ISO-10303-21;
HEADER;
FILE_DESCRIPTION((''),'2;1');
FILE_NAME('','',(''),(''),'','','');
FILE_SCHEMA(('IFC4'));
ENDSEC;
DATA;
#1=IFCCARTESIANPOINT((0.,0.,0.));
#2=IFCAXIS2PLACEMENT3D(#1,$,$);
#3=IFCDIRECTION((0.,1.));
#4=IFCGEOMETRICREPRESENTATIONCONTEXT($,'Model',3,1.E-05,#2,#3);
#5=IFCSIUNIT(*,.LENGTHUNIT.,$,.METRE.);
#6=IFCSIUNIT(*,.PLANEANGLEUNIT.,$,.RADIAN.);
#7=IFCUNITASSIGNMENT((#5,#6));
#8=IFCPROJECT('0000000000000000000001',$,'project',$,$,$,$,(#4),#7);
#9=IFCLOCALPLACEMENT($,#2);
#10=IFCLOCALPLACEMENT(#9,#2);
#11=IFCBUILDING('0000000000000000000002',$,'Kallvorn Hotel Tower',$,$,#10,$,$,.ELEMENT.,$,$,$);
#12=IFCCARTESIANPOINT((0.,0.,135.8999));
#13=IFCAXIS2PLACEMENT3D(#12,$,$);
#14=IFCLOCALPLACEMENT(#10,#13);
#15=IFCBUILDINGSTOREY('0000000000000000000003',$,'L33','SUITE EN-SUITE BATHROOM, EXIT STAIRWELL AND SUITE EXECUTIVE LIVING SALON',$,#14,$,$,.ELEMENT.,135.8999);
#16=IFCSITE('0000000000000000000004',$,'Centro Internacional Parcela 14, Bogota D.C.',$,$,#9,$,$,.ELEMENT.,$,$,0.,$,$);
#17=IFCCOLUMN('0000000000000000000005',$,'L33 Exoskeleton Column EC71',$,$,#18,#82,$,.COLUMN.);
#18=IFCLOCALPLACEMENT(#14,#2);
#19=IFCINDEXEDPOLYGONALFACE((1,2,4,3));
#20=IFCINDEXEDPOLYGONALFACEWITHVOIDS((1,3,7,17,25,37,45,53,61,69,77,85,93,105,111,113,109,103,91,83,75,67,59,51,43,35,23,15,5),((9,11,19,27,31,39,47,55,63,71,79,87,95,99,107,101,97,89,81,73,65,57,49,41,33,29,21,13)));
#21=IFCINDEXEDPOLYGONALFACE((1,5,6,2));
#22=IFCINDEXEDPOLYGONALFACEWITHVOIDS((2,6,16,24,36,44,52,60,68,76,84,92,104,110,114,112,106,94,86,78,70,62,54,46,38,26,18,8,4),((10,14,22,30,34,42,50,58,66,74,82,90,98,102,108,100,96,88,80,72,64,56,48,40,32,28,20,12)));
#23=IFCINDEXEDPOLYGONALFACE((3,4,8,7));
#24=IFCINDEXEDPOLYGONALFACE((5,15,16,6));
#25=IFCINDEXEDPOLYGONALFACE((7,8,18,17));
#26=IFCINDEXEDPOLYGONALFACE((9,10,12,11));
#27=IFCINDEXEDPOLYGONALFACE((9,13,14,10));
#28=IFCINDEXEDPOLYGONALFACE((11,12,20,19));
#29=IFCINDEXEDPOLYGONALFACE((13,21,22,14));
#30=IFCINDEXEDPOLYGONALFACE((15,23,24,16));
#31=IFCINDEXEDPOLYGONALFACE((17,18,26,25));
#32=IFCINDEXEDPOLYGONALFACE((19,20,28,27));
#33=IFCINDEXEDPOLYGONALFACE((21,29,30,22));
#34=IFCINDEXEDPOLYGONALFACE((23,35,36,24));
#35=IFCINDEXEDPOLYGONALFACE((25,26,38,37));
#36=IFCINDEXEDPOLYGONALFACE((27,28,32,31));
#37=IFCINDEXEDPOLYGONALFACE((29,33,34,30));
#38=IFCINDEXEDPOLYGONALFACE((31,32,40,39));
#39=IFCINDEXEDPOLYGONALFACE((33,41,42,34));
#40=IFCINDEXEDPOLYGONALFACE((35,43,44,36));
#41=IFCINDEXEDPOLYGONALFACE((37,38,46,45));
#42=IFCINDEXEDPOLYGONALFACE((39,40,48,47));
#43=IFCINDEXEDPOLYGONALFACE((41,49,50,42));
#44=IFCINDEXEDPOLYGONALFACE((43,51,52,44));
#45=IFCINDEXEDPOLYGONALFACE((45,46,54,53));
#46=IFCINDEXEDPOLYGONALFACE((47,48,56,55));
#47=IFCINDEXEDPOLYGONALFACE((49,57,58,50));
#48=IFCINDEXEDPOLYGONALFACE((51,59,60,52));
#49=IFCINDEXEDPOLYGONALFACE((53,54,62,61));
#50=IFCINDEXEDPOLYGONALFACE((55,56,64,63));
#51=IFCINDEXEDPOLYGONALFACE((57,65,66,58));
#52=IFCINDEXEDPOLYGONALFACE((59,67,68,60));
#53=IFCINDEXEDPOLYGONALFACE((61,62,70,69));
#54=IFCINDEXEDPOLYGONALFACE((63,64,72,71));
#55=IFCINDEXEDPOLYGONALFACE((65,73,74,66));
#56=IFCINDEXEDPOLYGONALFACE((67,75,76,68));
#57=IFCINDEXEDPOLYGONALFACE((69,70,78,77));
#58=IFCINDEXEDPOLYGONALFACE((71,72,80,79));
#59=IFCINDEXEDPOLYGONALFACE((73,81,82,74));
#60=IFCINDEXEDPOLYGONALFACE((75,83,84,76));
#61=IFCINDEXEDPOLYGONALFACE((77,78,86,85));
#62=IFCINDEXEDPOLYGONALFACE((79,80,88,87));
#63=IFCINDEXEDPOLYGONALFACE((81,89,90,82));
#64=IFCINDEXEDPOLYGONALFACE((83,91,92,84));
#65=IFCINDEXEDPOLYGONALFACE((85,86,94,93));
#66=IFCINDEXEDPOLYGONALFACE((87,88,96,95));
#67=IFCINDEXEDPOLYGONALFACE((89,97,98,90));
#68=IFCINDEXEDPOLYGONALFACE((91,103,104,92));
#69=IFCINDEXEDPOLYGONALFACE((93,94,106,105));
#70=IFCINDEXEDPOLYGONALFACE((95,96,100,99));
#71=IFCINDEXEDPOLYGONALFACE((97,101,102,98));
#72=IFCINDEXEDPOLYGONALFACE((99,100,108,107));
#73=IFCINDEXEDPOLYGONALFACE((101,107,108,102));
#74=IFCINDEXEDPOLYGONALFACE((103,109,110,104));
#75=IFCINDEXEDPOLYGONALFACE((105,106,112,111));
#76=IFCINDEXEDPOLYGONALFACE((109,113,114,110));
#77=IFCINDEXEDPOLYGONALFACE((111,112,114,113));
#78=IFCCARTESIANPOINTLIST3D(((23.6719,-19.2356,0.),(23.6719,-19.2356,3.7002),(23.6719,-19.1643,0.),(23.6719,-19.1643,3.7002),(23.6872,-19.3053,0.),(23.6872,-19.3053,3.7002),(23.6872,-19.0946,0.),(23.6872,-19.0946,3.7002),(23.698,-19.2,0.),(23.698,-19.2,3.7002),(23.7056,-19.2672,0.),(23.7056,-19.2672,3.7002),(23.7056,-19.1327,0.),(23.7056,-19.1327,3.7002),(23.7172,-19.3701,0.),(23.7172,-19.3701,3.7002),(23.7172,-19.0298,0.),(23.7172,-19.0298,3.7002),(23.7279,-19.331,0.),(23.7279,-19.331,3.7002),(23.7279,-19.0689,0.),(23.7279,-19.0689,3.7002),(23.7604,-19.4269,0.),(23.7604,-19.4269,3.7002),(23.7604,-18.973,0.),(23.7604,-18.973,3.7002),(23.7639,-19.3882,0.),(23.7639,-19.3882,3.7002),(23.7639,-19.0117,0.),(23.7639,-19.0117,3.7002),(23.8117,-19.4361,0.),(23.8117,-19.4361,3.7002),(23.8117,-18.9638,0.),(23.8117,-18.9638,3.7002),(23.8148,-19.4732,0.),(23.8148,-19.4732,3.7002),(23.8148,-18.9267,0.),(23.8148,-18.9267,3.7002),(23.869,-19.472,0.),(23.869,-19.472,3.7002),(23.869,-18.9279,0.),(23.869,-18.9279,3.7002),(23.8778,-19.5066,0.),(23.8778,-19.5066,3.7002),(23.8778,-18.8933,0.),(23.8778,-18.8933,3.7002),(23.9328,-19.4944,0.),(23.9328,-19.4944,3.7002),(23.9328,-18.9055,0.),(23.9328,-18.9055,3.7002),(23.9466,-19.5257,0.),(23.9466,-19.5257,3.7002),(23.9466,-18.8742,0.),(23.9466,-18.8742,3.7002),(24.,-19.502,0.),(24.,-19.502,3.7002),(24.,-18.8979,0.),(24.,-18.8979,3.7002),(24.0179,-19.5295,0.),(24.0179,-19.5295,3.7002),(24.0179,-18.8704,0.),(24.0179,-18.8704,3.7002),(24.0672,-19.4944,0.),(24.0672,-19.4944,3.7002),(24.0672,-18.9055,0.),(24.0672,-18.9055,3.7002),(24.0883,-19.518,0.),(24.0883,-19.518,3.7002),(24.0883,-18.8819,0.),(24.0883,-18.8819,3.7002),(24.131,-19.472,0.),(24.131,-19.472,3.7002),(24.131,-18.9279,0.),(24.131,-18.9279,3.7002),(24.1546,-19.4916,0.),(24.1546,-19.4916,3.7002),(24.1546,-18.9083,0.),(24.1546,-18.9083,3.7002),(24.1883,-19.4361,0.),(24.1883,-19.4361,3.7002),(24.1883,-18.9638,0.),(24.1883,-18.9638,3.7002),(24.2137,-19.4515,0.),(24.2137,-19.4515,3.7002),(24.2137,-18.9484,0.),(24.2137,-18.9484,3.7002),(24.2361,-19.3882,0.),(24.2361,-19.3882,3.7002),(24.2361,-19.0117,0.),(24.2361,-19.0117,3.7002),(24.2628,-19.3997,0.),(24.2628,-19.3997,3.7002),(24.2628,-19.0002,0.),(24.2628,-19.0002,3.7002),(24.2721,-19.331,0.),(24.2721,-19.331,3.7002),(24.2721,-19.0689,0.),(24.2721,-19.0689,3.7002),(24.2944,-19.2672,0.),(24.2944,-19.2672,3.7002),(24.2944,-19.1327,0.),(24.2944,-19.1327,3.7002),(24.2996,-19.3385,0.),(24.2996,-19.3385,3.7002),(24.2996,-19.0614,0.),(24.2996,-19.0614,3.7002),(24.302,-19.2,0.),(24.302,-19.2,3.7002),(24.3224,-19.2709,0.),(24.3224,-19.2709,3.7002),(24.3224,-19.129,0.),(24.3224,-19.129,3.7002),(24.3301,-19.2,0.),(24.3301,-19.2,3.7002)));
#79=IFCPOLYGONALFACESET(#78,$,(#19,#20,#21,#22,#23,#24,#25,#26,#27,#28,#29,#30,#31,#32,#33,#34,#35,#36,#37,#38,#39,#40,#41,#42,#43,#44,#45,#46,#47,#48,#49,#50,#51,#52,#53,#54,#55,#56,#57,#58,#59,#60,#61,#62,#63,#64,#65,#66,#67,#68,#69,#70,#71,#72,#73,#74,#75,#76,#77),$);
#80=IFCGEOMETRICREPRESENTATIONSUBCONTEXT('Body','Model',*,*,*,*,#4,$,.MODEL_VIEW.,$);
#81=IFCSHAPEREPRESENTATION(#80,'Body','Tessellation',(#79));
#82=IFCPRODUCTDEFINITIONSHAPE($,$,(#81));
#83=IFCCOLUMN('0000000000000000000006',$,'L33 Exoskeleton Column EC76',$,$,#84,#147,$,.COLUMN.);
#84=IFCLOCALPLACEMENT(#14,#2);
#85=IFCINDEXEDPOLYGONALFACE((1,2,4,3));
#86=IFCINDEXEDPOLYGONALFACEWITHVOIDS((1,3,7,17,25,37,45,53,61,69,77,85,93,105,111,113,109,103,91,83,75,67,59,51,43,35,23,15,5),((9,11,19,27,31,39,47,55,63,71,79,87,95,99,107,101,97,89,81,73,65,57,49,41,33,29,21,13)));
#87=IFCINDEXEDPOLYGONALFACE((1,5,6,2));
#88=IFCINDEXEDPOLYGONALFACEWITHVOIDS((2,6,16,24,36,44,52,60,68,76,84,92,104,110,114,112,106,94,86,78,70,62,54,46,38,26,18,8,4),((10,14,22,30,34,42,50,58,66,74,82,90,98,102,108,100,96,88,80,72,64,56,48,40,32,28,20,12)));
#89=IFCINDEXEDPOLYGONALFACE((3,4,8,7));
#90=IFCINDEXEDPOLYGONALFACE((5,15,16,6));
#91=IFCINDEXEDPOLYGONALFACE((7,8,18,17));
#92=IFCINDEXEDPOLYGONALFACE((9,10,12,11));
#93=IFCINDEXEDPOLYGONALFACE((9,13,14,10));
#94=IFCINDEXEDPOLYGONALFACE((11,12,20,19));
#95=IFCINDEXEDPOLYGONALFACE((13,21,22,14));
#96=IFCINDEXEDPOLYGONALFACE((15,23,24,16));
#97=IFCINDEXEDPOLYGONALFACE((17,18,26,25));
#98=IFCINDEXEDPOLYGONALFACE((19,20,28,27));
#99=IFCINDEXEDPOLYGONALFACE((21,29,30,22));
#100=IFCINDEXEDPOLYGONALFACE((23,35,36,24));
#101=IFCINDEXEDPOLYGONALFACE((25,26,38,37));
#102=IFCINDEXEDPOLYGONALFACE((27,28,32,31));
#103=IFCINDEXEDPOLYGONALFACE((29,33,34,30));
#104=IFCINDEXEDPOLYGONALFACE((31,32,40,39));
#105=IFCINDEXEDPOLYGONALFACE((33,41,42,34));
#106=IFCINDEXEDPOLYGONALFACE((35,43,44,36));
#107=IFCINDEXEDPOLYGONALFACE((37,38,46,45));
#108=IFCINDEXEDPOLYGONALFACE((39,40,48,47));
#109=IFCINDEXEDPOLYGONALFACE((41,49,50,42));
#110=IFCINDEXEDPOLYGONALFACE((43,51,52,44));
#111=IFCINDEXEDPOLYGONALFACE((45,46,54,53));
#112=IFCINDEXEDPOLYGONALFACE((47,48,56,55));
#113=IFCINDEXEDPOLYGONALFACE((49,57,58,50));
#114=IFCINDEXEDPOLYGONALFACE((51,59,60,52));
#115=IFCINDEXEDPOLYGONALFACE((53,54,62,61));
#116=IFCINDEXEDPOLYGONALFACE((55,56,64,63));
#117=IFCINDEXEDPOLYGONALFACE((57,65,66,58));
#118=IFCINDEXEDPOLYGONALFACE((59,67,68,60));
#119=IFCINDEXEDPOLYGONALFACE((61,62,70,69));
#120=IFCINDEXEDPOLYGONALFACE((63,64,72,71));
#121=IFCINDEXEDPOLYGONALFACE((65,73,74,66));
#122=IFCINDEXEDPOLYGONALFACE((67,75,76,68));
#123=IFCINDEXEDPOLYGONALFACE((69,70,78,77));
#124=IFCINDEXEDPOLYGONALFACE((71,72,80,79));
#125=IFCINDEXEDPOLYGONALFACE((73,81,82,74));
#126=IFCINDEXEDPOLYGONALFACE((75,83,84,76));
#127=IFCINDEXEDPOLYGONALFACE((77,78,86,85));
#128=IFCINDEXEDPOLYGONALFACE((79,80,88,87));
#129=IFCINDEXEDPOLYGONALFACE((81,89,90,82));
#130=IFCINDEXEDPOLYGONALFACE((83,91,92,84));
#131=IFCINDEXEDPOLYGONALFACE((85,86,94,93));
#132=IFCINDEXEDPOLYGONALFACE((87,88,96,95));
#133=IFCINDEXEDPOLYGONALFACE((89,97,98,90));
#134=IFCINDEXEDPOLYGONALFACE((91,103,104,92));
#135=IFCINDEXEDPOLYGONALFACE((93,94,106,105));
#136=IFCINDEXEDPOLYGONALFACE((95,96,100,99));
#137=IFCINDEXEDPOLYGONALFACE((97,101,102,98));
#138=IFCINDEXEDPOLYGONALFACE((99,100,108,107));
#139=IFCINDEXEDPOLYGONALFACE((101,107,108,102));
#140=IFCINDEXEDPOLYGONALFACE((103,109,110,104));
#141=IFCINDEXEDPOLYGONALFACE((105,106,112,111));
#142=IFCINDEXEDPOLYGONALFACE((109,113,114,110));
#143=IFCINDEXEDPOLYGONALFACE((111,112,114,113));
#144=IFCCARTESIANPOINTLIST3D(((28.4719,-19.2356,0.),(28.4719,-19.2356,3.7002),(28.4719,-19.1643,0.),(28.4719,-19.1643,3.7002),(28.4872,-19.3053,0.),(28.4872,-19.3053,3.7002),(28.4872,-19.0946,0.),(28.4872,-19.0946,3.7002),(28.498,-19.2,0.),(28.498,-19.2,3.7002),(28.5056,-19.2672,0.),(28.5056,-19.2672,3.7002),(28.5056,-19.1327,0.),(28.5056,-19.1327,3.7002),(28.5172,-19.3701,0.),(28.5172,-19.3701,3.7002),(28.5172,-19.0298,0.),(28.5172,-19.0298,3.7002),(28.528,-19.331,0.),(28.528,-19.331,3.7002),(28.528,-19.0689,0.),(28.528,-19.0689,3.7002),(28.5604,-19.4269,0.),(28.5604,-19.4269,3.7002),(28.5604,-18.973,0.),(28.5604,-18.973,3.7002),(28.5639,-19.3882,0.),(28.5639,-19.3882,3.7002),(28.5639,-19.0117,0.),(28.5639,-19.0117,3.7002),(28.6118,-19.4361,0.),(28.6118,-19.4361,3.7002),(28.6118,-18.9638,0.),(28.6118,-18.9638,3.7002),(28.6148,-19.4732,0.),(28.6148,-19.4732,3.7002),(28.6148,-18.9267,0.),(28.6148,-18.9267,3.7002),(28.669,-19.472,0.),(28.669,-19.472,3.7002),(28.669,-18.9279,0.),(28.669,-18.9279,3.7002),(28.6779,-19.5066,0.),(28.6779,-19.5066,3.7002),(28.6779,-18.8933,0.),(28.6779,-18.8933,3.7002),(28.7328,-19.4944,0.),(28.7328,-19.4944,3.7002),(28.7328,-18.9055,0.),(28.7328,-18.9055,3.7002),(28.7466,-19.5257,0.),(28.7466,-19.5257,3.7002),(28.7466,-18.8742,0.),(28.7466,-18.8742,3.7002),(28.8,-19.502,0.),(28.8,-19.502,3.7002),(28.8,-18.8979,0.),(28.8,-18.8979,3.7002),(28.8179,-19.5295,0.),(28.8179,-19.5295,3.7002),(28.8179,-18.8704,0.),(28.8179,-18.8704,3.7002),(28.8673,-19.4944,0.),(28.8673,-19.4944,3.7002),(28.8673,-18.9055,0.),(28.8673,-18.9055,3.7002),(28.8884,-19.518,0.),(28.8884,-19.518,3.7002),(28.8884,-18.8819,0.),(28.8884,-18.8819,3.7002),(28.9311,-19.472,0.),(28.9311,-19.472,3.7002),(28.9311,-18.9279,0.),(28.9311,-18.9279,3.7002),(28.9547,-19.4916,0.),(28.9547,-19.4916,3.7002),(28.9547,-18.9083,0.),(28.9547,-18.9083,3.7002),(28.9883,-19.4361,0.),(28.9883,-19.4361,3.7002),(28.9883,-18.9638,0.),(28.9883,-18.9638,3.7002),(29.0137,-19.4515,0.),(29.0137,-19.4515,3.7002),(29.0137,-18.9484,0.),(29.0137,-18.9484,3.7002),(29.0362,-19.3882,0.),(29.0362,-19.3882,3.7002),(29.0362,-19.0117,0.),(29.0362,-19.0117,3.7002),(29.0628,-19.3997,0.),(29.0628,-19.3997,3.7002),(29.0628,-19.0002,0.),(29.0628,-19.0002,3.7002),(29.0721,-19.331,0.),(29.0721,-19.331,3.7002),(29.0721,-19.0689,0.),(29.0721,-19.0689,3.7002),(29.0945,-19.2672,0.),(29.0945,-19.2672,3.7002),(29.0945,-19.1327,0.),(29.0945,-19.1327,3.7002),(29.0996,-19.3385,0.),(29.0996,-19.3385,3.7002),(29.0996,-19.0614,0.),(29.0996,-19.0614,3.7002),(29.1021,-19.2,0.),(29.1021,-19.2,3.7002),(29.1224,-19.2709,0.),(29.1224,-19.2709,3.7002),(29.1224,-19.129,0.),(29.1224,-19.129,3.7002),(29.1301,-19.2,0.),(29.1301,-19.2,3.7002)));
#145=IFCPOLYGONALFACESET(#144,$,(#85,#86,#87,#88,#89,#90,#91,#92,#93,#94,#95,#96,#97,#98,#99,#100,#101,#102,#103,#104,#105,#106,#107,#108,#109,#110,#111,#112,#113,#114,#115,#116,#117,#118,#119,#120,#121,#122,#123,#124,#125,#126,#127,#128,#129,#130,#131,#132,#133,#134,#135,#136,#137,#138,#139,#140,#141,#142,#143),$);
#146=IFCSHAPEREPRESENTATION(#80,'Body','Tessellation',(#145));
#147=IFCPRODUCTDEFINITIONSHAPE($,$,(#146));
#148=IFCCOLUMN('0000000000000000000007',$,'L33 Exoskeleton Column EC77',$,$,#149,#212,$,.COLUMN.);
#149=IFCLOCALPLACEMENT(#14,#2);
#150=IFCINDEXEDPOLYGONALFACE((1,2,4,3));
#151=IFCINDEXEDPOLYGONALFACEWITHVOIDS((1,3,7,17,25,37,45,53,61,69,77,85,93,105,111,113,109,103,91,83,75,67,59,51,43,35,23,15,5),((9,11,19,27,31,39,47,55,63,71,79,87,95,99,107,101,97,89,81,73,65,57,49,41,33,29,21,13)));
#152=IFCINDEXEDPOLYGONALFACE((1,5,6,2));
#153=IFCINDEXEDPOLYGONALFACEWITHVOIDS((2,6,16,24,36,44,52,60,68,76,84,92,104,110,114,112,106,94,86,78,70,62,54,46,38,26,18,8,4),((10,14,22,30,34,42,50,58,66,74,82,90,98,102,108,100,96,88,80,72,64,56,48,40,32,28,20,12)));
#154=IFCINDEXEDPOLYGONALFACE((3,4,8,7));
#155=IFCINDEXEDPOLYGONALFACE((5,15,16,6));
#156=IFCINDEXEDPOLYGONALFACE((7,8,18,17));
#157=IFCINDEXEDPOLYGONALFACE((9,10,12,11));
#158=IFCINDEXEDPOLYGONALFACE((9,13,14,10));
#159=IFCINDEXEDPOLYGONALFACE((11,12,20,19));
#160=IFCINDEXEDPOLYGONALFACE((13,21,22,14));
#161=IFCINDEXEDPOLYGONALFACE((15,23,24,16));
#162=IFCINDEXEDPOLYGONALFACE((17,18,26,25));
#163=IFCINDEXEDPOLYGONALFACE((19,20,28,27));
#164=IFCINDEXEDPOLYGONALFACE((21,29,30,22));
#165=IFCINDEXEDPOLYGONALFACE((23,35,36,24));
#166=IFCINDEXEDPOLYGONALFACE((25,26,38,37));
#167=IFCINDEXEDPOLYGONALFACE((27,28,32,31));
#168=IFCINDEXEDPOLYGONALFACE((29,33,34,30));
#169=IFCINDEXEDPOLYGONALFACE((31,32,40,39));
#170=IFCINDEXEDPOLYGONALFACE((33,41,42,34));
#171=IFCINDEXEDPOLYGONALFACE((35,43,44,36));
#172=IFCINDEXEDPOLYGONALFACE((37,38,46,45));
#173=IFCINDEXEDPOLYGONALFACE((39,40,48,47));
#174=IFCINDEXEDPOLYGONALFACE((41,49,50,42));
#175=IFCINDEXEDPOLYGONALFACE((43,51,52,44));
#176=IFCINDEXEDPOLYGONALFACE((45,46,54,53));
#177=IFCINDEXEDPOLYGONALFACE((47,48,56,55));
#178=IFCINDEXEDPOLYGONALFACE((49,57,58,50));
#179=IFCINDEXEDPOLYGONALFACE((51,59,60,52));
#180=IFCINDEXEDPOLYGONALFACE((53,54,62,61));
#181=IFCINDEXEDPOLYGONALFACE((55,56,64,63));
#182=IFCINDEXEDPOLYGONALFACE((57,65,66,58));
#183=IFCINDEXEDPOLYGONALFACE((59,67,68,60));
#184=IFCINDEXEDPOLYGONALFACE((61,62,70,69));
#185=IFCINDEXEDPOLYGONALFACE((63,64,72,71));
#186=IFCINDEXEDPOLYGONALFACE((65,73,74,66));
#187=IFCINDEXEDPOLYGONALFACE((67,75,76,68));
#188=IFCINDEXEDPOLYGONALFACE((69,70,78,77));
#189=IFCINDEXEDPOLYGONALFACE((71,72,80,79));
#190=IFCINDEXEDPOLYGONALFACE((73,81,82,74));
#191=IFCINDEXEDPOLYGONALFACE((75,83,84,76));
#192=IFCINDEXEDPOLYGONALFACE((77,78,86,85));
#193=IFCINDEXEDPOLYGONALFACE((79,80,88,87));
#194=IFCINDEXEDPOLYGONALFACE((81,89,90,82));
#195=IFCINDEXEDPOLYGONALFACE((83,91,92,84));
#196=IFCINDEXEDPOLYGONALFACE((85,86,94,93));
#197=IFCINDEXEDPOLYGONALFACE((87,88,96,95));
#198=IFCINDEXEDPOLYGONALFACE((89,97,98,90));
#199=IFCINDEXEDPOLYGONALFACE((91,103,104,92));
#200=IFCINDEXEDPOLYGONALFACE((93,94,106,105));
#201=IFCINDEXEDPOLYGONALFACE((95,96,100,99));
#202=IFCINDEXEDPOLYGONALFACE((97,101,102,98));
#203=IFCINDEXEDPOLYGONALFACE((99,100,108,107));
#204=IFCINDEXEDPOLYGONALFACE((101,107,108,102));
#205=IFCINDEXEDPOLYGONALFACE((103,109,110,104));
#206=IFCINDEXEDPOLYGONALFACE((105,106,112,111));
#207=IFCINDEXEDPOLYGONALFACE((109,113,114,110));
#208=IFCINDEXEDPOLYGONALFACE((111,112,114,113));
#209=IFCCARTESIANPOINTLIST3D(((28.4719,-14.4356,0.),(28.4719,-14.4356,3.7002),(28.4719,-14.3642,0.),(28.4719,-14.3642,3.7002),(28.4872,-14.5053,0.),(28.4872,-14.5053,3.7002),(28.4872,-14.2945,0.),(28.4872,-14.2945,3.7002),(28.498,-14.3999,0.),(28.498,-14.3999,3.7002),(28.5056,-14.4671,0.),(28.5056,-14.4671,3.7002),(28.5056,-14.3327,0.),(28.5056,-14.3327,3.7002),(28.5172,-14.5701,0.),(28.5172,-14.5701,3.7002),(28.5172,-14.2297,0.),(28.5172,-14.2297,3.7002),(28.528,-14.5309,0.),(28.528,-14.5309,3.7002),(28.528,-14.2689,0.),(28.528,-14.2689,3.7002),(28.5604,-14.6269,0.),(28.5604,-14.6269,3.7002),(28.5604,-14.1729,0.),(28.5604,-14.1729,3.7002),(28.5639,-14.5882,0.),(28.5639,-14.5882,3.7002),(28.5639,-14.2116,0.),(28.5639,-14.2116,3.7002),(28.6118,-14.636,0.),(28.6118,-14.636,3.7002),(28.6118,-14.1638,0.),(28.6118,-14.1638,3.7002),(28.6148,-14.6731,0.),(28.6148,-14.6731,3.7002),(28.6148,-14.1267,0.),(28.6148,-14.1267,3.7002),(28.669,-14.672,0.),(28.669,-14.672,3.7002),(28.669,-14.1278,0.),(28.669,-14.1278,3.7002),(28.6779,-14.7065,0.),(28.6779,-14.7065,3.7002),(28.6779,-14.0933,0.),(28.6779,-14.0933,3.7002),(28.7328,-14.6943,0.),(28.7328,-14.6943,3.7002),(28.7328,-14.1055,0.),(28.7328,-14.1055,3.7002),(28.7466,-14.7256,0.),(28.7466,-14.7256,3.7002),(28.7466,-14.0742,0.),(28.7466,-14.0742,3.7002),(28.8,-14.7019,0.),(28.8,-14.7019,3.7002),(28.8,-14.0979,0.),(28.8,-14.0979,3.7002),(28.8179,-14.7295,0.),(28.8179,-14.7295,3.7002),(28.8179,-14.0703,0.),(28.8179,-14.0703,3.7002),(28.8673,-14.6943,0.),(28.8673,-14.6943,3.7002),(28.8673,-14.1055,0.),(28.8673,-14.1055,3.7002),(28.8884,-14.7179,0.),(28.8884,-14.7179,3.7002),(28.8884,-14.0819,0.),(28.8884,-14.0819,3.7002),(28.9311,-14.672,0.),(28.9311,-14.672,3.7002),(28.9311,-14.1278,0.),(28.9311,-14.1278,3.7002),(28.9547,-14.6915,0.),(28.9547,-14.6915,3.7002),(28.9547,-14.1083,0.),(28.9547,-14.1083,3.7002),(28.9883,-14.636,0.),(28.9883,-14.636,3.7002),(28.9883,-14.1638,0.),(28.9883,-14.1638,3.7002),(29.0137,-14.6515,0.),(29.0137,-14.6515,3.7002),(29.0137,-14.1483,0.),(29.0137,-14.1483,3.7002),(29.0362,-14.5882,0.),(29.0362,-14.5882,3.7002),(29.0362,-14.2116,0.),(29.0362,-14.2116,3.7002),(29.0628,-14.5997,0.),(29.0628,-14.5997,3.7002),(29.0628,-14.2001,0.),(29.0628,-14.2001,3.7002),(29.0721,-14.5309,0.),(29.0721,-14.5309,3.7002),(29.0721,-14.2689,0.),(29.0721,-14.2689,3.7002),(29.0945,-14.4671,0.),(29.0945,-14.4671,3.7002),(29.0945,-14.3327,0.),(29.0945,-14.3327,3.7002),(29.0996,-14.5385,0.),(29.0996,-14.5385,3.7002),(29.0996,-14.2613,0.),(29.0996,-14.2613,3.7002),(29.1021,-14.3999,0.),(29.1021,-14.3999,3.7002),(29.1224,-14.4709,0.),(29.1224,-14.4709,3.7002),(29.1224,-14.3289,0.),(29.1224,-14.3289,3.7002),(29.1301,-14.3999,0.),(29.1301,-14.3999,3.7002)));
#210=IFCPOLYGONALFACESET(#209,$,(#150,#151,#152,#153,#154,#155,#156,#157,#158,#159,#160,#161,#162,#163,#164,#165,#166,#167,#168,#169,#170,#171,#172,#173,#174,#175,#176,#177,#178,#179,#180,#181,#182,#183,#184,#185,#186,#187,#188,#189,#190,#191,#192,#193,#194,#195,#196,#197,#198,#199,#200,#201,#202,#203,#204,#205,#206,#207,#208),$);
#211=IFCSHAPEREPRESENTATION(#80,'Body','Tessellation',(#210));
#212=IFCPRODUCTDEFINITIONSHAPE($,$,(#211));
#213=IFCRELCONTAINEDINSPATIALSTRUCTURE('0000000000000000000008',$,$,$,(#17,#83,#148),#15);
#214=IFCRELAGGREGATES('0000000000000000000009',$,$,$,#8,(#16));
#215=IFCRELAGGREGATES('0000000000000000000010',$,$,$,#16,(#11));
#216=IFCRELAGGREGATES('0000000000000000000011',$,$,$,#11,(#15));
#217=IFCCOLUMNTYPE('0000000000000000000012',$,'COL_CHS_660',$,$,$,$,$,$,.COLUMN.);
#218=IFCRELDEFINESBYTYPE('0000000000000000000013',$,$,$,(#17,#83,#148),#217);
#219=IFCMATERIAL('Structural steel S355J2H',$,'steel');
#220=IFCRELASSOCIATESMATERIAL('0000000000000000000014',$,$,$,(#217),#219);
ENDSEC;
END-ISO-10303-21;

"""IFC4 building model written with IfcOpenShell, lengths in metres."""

from ifc_helpers import new_model, si_unit, direction, frame, origin, origin_2d, place, context, subcontext, project, spatial, hollow_circle, extrude, material, material_profile, profile_set, type_object, element, save


model = new_model("IFC4")

# Units and contexts
model_context = context("Model", 3, precision=1e-05, world=origin(), true_north=direction((0.0, 1.0)))
body_context = subcontext(model_context, "Body", "Model", "MODEL_VIEW")
ifc_project = project(units=[si_unit("LENGTHUNIT", "METRE"), si_unit("PLANEANGLEUNIT", "RADIAN")], contexts=[model_context])

# Site, building, storey
site_placement = place(None, origin())
site = spatial("IfcSite", under=ifc_project, at=site_placement, Name="Centro Internacional Parcela 14, Bogota D.C.", CompositionType="ELEMENT", RefElevation=0.0)
building_placement = place(site_placement, origin())
building = spatial("IfcBuilding", under=site, at=building_placement, Name="Kallvorn Hotel Tower", CompositionType="ELEMENT")
storey_placement = place(building_placement, frame((0.0, 0.0, 135.8999)))
storey = spatial("IfcBuildingStorey", under=building, at=storey_placement, Name="L33", Description="SUITE EN-SUITE BATHROOM, EXIT STAIRWELL AND SUITE EXECUTIVE LIVING SALON", CompositionType="ELEMENT", Elevation=135.8999)

# Columns
ifc_material_1 = material(Name="Structural steel S355J2H", Category="steel")
ifc_material_profile_1 = material_profile(ifc_material_1, hollow_circle(Radius=0.3301, WallThickness=0.0281, at=origin_2d()), Name="CHS 660x28")
ifc_profile_set_1 = profile_set([ifc_material_profile_1], Name="Structural steel S355J2H")
column_type_1 = type_object("IfcColumnType", Name="COL_CHS_660", PredefinedType="COLUMN", material=ifc_profile_set_1)
for number, where, z_axis, x_axis, name in (
    (1, (24.0, -19.2, 0.0), (0.0, 0.0, 1.0), (1.0, 0.0, 0.0), "L33 Exoskeleton Column EC71"),
    (2, (28.8, -19.2, 0.0), (0.0, 0.0, 1.0), (1.0, 0.0, 0.0), "L33 Exoskeleton Column EC76"),
    (3, (28.8, -14.3999, 0.0), (0.0, 0.0, 1.0), (1.0, 0.0, 0.0), "L33 Exoskeleton Column EC77"),
):
    element("IfcColumn", number, at=place(storey_placement, frame(where, z_axis=z_axis, x_axis=x_axis)), inside=storey, type_object=column_type_1, Name=name, PredefinedType="COLUMN", context=body_context, shape_type="SweptSolid", body=[
        extrude(hollow_circle(Radius=0.3301, WallThickness=0.0281, at=origin_2d()), origin(), (0.0, 0.0, 1.0), 3.7002),
    ])

save(model, "model.ifc")
